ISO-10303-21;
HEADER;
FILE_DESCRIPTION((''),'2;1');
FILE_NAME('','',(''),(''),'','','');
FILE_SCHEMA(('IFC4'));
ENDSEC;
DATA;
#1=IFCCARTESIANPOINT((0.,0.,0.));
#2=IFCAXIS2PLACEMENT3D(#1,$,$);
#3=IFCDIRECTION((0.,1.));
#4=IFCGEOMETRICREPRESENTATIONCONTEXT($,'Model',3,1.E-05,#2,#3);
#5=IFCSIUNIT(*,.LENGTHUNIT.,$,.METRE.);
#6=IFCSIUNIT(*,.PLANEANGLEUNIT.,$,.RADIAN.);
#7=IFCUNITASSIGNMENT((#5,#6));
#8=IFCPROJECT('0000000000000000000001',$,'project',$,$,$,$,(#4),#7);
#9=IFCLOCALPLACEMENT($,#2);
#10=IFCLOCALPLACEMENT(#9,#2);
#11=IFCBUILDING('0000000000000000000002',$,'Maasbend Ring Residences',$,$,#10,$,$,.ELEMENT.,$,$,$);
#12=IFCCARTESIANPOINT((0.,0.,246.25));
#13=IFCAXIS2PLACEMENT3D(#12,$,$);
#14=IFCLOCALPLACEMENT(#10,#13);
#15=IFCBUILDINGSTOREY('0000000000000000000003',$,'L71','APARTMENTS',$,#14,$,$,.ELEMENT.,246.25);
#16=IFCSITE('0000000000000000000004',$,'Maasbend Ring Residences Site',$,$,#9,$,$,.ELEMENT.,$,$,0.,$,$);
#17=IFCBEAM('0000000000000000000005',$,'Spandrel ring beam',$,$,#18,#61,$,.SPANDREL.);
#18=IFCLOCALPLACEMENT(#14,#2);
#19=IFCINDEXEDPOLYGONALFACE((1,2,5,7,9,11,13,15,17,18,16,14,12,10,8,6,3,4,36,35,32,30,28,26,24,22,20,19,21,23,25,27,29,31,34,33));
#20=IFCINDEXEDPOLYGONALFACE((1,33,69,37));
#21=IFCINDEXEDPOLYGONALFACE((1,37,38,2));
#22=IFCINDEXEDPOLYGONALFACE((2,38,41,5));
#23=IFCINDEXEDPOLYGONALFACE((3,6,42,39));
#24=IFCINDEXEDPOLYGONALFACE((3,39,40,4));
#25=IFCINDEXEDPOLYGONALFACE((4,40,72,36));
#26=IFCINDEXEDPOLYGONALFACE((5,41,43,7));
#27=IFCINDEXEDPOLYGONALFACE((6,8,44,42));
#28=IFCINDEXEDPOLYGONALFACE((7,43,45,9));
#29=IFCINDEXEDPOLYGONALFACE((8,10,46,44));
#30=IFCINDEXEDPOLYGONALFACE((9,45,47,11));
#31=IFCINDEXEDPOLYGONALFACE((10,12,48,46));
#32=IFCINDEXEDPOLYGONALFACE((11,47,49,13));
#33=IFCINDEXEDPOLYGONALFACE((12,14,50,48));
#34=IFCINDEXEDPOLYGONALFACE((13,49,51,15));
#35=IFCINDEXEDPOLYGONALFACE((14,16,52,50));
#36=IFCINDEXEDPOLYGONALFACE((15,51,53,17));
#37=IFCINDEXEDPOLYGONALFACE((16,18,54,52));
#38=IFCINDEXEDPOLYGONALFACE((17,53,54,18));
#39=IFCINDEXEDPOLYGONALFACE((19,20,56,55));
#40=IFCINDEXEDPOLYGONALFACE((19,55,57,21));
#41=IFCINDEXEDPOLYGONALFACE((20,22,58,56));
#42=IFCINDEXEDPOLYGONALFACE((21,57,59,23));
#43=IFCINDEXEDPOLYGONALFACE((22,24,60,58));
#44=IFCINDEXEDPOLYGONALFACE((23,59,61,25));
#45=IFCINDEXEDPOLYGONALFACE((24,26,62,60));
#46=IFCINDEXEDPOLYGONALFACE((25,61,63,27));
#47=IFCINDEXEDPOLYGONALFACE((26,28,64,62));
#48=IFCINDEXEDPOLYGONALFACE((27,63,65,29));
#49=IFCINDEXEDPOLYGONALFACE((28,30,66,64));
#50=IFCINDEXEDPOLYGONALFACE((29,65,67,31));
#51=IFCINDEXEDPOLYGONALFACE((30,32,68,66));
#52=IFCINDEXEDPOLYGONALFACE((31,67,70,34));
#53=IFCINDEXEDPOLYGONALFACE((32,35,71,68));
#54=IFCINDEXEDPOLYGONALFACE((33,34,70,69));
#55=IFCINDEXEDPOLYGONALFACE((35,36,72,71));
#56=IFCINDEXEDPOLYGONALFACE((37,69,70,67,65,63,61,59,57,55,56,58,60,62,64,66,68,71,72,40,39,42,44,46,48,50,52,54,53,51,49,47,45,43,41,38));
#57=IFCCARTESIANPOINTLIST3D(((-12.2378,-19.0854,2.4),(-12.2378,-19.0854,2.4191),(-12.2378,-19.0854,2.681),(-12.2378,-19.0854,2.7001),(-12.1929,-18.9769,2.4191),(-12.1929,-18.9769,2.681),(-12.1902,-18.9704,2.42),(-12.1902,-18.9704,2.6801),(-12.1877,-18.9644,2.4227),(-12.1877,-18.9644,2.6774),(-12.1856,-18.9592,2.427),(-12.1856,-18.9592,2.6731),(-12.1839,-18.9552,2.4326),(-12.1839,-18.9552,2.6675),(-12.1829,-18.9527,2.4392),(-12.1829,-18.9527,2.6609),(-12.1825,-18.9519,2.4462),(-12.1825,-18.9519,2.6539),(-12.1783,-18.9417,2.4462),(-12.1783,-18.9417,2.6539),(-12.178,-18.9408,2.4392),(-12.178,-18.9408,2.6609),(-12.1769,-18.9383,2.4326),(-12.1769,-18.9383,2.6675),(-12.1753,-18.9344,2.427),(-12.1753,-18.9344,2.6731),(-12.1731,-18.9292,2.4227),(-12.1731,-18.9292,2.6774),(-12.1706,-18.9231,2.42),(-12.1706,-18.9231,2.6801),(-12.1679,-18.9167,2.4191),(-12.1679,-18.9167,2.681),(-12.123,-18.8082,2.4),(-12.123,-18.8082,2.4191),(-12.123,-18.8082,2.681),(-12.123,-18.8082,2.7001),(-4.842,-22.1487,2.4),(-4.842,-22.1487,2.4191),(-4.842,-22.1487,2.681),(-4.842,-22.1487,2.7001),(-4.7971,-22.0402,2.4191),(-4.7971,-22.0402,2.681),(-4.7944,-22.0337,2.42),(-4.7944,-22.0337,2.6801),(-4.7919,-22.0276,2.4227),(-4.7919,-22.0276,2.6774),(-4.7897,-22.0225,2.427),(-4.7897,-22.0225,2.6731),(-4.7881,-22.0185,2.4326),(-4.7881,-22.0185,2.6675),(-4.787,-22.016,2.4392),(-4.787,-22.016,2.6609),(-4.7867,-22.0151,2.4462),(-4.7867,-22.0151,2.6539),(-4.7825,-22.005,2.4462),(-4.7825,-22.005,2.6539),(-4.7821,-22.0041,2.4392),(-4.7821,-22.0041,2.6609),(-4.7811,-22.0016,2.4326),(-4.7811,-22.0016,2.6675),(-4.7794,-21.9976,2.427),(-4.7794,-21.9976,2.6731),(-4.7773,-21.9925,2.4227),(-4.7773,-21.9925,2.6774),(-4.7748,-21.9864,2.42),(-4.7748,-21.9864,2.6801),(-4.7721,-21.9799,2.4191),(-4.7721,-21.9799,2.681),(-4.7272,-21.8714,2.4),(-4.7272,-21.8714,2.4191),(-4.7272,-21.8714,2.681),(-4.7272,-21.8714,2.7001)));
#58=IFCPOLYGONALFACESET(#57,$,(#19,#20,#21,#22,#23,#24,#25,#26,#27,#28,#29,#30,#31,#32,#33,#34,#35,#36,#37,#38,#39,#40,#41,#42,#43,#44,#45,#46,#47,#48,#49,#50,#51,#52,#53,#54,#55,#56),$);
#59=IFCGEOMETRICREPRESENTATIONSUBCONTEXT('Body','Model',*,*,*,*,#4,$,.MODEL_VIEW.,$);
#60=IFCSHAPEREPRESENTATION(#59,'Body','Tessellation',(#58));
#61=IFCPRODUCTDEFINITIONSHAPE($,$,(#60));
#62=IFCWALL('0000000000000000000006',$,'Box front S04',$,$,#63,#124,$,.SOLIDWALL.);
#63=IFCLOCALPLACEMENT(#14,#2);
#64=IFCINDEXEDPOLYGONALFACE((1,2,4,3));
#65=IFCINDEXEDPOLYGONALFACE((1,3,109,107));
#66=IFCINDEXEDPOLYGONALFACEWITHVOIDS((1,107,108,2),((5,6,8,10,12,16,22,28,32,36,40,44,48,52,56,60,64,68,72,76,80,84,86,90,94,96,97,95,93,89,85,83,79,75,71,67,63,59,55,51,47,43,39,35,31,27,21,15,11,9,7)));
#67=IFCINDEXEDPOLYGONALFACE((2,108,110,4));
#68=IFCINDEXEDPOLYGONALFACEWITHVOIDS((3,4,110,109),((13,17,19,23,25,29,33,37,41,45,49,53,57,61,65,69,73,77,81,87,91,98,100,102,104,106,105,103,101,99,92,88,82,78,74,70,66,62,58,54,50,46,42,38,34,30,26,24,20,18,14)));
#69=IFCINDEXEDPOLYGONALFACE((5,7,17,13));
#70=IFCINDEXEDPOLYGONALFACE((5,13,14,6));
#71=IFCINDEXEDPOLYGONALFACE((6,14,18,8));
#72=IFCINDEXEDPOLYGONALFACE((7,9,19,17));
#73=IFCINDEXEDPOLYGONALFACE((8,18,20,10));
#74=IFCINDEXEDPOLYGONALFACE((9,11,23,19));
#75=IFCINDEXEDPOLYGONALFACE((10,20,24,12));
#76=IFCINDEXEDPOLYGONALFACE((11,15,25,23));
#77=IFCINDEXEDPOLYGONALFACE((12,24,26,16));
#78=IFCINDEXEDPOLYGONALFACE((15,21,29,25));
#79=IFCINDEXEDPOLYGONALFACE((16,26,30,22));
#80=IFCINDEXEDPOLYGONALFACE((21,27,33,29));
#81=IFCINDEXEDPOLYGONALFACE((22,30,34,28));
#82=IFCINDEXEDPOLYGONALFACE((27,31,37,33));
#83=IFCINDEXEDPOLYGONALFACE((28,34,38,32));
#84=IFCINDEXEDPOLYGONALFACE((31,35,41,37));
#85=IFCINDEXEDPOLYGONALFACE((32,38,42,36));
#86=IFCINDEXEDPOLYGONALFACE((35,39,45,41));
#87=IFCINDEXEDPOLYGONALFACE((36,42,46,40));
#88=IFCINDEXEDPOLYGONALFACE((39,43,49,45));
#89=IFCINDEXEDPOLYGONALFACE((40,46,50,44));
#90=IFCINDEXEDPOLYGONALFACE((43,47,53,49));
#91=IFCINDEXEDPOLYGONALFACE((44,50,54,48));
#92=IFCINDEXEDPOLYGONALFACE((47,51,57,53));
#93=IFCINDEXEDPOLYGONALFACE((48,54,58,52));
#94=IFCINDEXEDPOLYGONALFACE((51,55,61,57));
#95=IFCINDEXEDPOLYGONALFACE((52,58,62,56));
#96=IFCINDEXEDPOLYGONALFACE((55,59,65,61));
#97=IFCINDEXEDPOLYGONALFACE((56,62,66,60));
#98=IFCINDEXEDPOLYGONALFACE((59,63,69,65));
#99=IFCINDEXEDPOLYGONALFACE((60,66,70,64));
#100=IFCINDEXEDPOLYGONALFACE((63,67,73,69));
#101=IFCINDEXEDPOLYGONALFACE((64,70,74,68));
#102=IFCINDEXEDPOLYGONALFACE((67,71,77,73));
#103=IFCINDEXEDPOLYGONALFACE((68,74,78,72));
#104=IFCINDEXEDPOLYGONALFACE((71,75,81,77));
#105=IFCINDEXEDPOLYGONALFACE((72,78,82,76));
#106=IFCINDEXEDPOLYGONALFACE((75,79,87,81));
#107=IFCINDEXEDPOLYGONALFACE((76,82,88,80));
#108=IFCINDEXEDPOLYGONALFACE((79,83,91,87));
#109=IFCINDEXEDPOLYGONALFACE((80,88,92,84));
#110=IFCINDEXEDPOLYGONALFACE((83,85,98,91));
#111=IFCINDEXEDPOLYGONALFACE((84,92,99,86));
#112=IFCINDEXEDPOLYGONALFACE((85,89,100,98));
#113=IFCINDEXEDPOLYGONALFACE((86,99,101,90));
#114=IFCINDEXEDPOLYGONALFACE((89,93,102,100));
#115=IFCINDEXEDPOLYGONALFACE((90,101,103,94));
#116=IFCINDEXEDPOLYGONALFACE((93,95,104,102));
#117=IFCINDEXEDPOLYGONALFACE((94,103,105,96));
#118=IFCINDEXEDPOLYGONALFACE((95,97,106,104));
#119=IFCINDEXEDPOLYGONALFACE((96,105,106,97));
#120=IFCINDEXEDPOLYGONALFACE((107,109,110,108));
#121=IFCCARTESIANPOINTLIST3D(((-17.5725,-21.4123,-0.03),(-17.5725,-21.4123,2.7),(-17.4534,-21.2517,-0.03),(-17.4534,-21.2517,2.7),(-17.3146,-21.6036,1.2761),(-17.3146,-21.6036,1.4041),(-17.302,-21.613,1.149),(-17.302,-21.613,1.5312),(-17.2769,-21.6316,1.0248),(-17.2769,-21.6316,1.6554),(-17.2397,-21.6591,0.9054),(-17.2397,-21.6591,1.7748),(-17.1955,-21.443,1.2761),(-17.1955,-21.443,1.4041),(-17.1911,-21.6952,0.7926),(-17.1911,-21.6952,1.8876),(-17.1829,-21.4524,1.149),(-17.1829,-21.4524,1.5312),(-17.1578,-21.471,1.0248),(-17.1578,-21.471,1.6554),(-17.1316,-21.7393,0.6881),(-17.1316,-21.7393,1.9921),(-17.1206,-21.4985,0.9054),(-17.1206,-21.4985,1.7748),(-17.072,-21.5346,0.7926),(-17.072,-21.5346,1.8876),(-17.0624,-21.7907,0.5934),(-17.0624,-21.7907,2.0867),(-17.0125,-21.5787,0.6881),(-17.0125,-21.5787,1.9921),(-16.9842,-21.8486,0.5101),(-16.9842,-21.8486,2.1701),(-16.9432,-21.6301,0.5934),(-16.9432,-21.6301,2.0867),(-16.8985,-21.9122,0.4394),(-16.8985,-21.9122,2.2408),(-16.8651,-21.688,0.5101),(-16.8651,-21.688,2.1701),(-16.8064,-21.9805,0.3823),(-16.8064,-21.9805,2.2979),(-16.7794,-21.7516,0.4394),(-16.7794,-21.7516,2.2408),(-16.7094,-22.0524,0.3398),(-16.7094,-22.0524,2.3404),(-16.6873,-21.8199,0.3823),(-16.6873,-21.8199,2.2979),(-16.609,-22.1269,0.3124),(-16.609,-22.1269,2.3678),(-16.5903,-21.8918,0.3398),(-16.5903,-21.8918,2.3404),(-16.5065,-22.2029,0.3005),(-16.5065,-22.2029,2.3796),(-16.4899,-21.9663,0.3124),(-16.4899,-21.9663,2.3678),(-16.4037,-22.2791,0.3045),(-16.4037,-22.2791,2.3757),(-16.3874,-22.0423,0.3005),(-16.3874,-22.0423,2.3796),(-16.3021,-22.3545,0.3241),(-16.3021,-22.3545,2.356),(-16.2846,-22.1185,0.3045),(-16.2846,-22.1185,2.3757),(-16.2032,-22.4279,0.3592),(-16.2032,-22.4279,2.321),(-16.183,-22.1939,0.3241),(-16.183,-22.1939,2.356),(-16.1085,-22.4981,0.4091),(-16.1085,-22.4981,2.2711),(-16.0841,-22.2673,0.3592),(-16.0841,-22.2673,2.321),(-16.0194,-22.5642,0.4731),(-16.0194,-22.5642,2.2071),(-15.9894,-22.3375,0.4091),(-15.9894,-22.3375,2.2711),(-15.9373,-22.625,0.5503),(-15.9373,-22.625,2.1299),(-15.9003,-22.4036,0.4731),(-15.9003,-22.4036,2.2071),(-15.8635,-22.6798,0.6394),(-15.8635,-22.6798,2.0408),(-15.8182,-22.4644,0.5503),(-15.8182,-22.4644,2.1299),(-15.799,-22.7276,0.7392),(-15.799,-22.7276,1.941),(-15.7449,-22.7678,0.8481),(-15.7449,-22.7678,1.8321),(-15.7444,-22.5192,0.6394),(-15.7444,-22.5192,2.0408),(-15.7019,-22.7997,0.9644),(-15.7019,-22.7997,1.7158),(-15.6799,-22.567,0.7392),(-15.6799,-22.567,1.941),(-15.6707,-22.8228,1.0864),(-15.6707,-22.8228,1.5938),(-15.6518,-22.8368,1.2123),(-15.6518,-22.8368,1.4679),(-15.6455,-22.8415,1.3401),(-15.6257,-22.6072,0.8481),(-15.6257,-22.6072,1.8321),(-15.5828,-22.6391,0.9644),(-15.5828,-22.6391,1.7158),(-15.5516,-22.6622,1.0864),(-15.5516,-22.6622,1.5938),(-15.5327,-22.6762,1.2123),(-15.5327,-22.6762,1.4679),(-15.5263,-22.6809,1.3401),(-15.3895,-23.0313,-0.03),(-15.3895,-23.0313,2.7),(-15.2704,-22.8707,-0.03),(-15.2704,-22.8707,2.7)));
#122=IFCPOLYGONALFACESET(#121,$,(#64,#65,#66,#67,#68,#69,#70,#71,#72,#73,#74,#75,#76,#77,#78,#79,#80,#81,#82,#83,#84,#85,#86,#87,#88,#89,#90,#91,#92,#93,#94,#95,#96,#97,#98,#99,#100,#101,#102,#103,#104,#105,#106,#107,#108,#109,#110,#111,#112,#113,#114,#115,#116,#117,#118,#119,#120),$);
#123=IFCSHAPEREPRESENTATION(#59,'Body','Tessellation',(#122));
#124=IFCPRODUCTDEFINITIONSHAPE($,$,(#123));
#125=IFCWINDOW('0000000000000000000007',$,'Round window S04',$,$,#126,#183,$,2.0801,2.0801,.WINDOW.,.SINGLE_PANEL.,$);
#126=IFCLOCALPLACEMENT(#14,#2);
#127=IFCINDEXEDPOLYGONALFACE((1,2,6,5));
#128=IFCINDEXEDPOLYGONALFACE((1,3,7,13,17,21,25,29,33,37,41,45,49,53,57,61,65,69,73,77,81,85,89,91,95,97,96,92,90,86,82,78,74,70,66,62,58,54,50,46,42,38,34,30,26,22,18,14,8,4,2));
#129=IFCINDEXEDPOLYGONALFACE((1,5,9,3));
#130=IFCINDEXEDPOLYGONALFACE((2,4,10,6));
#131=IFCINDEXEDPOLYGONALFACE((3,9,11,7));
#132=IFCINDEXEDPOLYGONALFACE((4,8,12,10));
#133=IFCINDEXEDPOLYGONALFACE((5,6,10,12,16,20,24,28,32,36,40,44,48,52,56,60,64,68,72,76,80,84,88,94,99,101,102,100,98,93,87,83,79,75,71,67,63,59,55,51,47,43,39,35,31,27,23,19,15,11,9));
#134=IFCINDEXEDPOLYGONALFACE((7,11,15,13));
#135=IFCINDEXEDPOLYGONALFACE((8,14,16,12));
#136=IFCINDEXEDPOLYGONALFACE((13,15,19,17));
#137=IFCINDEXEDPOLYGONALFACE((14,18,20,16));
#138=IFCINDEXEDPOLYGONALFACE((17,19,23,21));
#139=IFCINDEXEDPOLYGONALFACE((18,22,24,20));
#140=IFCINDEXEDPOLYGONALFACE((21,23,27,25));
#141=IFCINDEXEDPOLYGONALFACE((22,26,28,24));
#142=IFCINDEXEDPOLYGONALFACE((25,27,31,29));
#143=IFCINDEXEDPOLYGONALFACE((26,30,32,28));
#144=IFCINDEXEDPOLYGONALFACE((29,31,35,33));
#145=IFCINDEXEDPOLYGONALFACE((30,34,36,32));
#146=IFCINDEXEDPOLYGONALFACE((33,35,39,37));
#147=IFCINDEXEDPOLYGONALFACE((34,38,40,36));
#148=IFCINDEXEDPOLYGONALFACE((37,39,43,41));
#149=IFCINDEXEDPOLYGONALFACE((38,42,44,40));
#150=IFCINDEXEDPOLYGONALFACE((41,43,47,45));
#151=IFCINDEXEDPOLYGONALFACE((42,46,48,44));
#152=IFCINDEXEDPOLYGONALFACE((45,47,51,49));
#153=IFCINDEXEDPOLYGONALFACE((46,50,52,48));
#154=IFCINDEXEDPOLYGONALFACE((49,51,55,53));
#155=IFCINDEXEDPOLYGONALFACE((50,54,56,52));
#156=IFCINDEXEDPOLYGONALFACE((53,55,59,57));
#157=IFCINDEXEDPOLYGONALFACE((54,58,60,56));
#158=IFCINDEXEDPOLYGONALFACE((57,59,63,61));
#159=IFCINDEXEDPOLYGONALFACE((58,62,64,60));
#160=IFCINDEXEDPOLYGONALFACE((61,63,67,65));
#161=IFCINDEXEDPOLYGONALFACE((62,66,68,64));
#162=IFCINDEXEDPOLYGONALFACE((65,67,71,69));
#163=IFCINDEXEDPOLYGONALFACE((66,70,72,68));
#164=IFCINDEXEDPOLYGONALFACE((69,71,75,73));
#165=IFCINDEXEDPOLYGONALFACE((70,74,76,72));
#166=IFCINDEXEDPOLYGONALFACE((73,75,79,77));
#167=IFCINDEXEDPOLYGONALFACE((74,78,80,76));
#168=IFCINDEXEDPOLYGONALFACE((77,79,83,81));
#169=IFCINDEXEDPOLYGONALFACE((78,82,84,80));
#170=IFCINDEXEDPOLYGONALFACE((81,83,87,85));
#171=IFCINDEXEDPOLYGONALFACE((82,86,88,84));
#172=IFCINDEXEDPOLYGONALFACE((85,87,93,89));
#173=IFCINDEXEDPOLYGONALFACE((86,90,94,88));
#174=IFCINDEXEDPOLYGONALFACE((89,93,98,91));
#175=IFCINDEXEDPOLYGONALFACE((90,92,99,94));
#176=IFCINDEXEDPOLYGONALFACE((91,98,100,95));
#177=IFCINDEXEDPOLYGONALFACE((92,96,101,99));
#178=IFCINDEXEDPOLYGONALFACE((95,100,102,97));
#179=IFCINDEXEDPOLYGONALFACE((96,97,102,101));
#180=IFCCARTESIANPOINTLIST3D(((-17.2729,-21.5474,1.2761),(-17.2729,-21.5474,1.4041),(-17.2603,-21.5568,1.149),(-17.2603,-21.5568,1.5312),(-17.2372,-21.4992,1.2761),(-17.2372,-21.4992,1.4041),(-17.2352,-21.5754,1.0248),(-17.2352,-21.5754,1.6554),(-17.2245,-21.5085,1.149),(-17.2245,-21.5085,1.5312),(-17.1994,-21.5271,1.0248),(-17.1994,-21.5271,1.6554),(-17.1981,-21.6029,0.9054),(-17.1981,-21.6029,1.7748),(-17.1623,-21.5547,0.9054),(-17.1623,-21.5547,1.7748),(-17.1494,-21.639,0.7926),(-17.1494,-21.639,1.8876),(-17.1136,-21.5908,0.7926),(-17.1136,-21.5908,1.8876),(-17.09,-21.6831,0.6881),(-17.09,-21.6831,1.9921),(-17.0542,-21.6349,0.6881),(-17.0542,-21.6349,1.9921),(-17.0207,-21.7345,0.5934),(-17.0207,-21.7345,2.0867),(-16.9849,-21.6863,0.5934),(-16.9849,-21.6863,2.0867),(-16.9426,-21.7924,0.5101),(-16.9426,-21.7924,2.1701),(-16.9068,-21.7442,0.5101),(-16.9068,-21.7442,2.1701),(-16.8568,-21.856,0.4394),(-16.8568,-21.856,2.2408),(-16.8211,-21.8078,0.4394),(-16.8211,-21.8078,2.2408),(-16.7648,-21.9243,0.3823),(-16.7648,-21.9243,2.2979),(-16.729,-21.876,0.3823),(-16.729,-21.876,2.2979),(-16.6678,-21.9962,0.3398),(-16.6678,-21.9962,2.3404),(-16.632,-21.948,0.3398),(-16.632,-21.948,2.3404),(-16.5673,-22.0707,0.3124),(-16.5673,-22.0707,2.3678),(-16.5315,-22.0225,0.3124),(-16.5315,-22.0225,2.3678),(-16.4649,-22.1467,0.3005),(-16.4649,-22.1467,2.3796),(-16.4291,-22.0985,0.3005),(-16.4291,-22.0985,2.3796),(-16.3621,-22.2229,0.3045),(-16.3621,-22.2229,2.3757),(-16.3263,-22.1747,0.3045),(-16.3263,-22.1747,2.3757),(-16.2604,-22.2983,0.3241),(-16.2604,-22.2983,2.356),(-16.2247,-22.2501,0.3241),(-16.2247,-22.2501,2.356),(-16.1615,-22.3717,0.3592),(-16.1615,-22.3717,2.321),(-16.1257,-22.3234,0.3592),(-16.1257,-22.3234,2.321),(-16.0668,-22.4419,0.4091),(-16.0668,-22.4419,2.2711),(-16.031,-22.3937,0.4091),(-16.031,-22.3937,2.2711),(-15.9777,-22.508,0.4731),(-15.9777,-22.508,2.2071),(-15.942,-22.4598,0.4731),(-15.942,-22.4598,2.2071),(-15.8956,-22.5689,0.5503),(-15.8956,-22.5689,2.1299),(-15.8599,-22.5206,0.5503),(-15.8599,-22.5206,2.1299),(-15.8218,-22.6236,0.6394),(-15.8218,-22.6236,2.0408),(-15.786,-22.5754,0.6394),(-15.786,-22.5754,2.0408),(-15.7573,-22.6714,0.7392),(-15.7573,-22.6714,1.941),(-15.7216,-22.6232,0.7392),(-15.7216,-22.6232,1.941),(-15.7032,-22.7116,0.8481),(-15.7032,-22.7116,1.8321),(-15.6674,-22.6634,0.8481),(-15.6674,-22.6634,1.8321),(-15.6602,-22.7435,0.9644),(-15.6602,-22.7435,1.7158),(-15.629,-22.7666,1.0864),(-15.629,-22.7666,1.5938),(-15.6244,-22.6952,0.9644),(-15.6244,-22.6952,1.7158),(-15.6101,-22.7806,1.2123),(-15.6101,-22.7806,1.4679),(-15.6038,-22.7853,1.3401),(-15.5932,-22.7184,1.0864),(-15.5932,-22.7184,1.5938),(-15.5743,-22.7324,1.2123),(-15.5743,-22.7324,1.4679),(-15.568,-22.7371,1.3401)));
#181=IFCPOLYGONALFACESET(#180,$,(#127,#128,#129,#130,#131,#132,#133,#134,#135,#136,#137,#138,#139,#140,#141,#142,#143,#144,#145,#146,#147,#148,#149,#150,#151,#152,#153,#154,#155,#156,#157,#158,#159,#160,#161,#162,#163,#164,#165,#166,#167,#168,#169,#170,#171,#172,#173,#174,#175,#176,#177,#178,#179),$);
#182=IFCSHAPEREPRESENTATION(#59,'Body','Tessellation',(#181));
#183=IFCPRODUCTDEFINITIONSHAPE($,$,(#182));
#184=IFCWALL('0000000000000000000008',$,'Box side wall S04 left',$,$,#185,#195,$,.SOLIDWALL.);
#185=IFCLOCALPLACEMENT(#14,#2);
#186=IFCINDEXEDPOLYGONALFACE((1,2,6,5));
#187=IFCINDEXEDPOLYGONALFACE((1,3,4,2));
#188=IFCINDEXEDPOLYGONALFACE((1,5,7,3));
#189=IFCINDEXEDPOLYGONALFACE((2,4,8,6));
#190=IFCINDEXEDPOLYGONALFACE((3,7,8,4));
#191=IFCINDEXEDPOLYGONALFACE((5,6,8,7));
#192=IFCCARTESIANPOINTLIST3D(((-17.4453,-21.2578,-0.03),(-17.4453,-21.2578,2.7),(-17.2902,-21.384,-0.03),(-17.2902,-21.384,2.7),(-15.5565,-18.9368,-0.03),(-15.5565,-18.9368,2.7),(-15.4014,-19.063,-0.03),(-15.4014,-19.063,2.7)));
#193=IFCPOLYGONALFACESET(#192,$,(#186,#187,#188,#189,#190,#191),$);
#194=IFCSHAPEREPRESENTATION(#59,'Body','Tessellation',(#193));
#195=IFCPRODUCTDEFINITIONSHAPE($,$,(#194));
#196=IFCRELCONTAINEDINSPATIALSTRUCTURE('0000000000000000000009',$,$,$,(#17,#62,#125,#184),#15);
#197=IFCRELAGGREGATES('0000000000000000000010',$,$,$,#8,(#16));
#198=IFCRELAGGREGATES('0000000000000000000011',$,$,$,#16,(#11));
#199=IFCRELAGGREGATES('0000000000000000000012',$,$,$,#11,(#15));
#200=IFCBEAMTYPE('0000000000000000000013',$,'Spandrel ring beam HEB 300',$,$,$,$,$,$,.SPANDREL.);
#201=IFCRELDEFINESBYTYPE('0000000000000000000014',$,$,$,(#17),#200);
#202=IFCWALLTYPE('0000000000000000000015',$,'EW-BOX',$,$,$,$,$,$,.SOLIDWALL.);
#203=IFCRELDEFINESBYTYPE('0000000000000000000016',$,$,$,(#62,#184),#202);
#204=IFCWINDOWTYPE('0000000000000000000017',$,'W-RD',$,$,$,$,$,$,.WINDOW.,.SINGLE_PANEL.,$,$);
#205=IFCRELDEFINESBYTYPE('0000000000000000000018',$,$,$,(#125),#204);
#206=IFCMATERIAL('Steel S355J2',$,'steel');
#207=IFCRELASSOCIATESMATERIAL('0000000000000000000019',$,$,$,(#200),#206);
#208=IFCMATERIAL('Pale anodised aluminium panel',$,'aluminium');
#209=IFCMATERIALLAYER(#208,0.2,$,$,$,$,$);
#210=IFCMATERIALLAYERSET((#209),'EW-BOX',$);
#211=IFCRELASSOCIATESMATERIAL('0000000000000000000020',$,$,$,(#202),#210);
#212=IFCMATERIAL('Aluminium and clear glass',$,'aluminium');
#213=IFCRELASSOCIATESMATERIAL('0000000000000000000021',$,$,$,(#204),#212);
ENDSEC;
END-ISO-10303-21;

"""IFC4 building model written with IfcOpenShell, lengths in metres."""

from ifc_helpers import new_model, si_unit, direction, frame, frame_2d, origin, origin_2d, place, context, subcontext, project, spatial, rectangle, circle, i_section, extrude, material, layer, layer_set, material_profile, profile_set, type_object, element, fill, save


model = new_model("IFC4")

# Units and contexts
model_context = context("Model", 3, precision=1e-05, world=origin(), true_north=direction((0.0, 1.0)))
body_context = subcontext(model_context, "Body", "Model", "MODEL_VIEW")
ifc_project = project(units=[si_unit("LENGTHUNIT", "METRE"), si_unit("PLANEANGLEUNIT", "RADIAN")], contexts=[model_context])

# Site, building, storey
site_placement = place(None, origin())
site = spatial("IfcSite", under=ifc_project, at=site_placement, Name="Maasbend Ring Residences Site", CompositionType="ELEMENT", RefElevation=0.0)
building_placement = place(site_placement, origin())
building = spatial("IfcBuilding", under=site, at=building_placement, Name="Maasbend Ring Residences", CompositionType="ELEMENT")
storey_placement = place(building_placement, frame((0.0, 0.0, 246.25)))
storey = spatial("IfcBuildingStorey", under=building, at=storey_placement, Name="L71", Description="APARTMENTS", CompositionType="ELEMENT", Elevation=246.25)

# Beam
ifc_material_1 = material(Name="Steel S355J2", Category="steel")
ifc_material_profile_1 = material_profile(ifc_material_1, i_section(OverallWidth=0.3, OverallDepth=0.3, WebThickness=0.011, FlangeThickness=0.019, FilletRadius=0.0271, at=origin_2d()), Name="HEB 300")
ifc_profile_set_1 = profile_set([ifc_material_profile_1], Name="Steel S355J2")
beam_type = type_object("IfcBeamType", Name="Spandrel ring beam HEB 300", PredefinedType="SPANDREL", material=ifc_profile_set_1)
beam_placement = place(storey_placement, frame((-12.1804, -18.9468, 2.55), z_axis=(0.923888, -0.382663, 0.0), x_axis=(0.382663, 0.923888, 0.0)))
element("IfcBeam", 1, at=beam_placement, inside=storey, type_object=beam_type, Name="Spandrel ring beam", PredefinedType="SPANDREL", context=body_context, shape_type="SweptSolid", body=[
    extrude(i_section(OverallWidth=0.3, OverallDepth=0.3, WebThickness=0.011, FlangeThickness=0.019, FilletRadius=0.0271, at=origin_2d()), origin(), (0.0, 0.0, 1.0), 8.0051),
])

# Wall, opening, window
ifc_material_2 = material(Name="Pale anodised aluminium panel", Category="aluminium")
ifc_layer_1 = layer(ifc_material_2, 0.2)
ifc_layer_set_1 = layer_set([ifc_layer_1], Name="EW-BOX")
wall_type_1 = type_object("IfcWallType", Name="EW-BOX", PredefinedType="SOLIDWALL", material=ifc_layer_set_1)
wall_1_placement = place(storey_placement, frame((-17.5129, -21.332, -0.03), z_axis=(0.0, 0.0, 1.0), x_axis=(0.803212, -0.595694, 0.0)))
wall_1 = element("IfcWall", 2, at=wall_1_placement, inside=storey, type_object=wall_type_1, Name="Box front S04", PredefinedType="SOLIDWALL", context=body_context, shape_type="SweptSolid", body=[
    extrude(rectangle(XDim=2.7178, YDim=0.2, at=frame_2d((1.3589, 0.0))), origin(), (0.0, 0.0, 1.0), 2.73),
])
opening_1_placement = place(wall_1_placement, frame((0.3191, 0.0, 0.3301)))
opening_1 = element("IfcOpeningElement", 3, at=opening_1_placement, cuts=wall_1, PredefinedType="OPENING", context=body_context, shape_type="SweptSolid", body=[
    extrude(circle(Radius=1.04, at=frame_2d((1.04, 1.04))), frame((0.0, 0.1099, 0.0), z_axis=(0.0, -1.0, 0.0), x_axis=(1.0, 0.0, 0.0)), (0.0, 0.0, 1.0), 0.22),
])
ifc_material_3 = material(Name="Aluminium and clear glass", Category="aluminium")
window_type_1 = type_object("IfcWindowType", Name="W-RD", PartitioningType="SINGLE_PANEL", PredefinedType="WINDOW", material=ifc_material_3)
window_1_placement = place(opening_1_placement, origin())
window_1 = element("IfcWindow", 4, at=window_1_placement, inside=storey, type_object=window_type_1, Name="Round window S04", OverallHeight=2.0801, OverallWidth=2.0801, PartitioningType="SINGLE_PANEL", PredefinedType="WINDOW", context=body_context, shape_type="SweptSolid", body=[
    extrude(circle(Radius=1.04, at=frame_2d((1.04, 1.04))), frame((0.0, 0.03, 0.0), z_axis=(0.0, -1.0, 0.0), x_axis=(1.0, 0.0, 0.0)), (0.0, 0.0, 1.0), 0.0601),
])
fill(opening_1, window_1)

# Wall
wall_2_placement = place(storey_placement, frame((-15.479, -19.0, -0.03), z_axis=(0.0, 0.0, 1.0), x_axis=(-0.63121, -0.775612, 0.0)))
element("IfcWall", 5, at=wall_2_placement, inside=storey, type_object=wall_type_1, Name="Box side wall S04 left", PredefinedType="SOLIDWALL", context=body_context, shape_type="SweptSolid", body=[
    extrude(rectangle(XDim=2.9924, YDim=0.2, at=frame_2d((1.4961, 0.0))), origin(), (0.0, 0.0, 1.0), 2.73),
])

save(model, "model.ifc")
